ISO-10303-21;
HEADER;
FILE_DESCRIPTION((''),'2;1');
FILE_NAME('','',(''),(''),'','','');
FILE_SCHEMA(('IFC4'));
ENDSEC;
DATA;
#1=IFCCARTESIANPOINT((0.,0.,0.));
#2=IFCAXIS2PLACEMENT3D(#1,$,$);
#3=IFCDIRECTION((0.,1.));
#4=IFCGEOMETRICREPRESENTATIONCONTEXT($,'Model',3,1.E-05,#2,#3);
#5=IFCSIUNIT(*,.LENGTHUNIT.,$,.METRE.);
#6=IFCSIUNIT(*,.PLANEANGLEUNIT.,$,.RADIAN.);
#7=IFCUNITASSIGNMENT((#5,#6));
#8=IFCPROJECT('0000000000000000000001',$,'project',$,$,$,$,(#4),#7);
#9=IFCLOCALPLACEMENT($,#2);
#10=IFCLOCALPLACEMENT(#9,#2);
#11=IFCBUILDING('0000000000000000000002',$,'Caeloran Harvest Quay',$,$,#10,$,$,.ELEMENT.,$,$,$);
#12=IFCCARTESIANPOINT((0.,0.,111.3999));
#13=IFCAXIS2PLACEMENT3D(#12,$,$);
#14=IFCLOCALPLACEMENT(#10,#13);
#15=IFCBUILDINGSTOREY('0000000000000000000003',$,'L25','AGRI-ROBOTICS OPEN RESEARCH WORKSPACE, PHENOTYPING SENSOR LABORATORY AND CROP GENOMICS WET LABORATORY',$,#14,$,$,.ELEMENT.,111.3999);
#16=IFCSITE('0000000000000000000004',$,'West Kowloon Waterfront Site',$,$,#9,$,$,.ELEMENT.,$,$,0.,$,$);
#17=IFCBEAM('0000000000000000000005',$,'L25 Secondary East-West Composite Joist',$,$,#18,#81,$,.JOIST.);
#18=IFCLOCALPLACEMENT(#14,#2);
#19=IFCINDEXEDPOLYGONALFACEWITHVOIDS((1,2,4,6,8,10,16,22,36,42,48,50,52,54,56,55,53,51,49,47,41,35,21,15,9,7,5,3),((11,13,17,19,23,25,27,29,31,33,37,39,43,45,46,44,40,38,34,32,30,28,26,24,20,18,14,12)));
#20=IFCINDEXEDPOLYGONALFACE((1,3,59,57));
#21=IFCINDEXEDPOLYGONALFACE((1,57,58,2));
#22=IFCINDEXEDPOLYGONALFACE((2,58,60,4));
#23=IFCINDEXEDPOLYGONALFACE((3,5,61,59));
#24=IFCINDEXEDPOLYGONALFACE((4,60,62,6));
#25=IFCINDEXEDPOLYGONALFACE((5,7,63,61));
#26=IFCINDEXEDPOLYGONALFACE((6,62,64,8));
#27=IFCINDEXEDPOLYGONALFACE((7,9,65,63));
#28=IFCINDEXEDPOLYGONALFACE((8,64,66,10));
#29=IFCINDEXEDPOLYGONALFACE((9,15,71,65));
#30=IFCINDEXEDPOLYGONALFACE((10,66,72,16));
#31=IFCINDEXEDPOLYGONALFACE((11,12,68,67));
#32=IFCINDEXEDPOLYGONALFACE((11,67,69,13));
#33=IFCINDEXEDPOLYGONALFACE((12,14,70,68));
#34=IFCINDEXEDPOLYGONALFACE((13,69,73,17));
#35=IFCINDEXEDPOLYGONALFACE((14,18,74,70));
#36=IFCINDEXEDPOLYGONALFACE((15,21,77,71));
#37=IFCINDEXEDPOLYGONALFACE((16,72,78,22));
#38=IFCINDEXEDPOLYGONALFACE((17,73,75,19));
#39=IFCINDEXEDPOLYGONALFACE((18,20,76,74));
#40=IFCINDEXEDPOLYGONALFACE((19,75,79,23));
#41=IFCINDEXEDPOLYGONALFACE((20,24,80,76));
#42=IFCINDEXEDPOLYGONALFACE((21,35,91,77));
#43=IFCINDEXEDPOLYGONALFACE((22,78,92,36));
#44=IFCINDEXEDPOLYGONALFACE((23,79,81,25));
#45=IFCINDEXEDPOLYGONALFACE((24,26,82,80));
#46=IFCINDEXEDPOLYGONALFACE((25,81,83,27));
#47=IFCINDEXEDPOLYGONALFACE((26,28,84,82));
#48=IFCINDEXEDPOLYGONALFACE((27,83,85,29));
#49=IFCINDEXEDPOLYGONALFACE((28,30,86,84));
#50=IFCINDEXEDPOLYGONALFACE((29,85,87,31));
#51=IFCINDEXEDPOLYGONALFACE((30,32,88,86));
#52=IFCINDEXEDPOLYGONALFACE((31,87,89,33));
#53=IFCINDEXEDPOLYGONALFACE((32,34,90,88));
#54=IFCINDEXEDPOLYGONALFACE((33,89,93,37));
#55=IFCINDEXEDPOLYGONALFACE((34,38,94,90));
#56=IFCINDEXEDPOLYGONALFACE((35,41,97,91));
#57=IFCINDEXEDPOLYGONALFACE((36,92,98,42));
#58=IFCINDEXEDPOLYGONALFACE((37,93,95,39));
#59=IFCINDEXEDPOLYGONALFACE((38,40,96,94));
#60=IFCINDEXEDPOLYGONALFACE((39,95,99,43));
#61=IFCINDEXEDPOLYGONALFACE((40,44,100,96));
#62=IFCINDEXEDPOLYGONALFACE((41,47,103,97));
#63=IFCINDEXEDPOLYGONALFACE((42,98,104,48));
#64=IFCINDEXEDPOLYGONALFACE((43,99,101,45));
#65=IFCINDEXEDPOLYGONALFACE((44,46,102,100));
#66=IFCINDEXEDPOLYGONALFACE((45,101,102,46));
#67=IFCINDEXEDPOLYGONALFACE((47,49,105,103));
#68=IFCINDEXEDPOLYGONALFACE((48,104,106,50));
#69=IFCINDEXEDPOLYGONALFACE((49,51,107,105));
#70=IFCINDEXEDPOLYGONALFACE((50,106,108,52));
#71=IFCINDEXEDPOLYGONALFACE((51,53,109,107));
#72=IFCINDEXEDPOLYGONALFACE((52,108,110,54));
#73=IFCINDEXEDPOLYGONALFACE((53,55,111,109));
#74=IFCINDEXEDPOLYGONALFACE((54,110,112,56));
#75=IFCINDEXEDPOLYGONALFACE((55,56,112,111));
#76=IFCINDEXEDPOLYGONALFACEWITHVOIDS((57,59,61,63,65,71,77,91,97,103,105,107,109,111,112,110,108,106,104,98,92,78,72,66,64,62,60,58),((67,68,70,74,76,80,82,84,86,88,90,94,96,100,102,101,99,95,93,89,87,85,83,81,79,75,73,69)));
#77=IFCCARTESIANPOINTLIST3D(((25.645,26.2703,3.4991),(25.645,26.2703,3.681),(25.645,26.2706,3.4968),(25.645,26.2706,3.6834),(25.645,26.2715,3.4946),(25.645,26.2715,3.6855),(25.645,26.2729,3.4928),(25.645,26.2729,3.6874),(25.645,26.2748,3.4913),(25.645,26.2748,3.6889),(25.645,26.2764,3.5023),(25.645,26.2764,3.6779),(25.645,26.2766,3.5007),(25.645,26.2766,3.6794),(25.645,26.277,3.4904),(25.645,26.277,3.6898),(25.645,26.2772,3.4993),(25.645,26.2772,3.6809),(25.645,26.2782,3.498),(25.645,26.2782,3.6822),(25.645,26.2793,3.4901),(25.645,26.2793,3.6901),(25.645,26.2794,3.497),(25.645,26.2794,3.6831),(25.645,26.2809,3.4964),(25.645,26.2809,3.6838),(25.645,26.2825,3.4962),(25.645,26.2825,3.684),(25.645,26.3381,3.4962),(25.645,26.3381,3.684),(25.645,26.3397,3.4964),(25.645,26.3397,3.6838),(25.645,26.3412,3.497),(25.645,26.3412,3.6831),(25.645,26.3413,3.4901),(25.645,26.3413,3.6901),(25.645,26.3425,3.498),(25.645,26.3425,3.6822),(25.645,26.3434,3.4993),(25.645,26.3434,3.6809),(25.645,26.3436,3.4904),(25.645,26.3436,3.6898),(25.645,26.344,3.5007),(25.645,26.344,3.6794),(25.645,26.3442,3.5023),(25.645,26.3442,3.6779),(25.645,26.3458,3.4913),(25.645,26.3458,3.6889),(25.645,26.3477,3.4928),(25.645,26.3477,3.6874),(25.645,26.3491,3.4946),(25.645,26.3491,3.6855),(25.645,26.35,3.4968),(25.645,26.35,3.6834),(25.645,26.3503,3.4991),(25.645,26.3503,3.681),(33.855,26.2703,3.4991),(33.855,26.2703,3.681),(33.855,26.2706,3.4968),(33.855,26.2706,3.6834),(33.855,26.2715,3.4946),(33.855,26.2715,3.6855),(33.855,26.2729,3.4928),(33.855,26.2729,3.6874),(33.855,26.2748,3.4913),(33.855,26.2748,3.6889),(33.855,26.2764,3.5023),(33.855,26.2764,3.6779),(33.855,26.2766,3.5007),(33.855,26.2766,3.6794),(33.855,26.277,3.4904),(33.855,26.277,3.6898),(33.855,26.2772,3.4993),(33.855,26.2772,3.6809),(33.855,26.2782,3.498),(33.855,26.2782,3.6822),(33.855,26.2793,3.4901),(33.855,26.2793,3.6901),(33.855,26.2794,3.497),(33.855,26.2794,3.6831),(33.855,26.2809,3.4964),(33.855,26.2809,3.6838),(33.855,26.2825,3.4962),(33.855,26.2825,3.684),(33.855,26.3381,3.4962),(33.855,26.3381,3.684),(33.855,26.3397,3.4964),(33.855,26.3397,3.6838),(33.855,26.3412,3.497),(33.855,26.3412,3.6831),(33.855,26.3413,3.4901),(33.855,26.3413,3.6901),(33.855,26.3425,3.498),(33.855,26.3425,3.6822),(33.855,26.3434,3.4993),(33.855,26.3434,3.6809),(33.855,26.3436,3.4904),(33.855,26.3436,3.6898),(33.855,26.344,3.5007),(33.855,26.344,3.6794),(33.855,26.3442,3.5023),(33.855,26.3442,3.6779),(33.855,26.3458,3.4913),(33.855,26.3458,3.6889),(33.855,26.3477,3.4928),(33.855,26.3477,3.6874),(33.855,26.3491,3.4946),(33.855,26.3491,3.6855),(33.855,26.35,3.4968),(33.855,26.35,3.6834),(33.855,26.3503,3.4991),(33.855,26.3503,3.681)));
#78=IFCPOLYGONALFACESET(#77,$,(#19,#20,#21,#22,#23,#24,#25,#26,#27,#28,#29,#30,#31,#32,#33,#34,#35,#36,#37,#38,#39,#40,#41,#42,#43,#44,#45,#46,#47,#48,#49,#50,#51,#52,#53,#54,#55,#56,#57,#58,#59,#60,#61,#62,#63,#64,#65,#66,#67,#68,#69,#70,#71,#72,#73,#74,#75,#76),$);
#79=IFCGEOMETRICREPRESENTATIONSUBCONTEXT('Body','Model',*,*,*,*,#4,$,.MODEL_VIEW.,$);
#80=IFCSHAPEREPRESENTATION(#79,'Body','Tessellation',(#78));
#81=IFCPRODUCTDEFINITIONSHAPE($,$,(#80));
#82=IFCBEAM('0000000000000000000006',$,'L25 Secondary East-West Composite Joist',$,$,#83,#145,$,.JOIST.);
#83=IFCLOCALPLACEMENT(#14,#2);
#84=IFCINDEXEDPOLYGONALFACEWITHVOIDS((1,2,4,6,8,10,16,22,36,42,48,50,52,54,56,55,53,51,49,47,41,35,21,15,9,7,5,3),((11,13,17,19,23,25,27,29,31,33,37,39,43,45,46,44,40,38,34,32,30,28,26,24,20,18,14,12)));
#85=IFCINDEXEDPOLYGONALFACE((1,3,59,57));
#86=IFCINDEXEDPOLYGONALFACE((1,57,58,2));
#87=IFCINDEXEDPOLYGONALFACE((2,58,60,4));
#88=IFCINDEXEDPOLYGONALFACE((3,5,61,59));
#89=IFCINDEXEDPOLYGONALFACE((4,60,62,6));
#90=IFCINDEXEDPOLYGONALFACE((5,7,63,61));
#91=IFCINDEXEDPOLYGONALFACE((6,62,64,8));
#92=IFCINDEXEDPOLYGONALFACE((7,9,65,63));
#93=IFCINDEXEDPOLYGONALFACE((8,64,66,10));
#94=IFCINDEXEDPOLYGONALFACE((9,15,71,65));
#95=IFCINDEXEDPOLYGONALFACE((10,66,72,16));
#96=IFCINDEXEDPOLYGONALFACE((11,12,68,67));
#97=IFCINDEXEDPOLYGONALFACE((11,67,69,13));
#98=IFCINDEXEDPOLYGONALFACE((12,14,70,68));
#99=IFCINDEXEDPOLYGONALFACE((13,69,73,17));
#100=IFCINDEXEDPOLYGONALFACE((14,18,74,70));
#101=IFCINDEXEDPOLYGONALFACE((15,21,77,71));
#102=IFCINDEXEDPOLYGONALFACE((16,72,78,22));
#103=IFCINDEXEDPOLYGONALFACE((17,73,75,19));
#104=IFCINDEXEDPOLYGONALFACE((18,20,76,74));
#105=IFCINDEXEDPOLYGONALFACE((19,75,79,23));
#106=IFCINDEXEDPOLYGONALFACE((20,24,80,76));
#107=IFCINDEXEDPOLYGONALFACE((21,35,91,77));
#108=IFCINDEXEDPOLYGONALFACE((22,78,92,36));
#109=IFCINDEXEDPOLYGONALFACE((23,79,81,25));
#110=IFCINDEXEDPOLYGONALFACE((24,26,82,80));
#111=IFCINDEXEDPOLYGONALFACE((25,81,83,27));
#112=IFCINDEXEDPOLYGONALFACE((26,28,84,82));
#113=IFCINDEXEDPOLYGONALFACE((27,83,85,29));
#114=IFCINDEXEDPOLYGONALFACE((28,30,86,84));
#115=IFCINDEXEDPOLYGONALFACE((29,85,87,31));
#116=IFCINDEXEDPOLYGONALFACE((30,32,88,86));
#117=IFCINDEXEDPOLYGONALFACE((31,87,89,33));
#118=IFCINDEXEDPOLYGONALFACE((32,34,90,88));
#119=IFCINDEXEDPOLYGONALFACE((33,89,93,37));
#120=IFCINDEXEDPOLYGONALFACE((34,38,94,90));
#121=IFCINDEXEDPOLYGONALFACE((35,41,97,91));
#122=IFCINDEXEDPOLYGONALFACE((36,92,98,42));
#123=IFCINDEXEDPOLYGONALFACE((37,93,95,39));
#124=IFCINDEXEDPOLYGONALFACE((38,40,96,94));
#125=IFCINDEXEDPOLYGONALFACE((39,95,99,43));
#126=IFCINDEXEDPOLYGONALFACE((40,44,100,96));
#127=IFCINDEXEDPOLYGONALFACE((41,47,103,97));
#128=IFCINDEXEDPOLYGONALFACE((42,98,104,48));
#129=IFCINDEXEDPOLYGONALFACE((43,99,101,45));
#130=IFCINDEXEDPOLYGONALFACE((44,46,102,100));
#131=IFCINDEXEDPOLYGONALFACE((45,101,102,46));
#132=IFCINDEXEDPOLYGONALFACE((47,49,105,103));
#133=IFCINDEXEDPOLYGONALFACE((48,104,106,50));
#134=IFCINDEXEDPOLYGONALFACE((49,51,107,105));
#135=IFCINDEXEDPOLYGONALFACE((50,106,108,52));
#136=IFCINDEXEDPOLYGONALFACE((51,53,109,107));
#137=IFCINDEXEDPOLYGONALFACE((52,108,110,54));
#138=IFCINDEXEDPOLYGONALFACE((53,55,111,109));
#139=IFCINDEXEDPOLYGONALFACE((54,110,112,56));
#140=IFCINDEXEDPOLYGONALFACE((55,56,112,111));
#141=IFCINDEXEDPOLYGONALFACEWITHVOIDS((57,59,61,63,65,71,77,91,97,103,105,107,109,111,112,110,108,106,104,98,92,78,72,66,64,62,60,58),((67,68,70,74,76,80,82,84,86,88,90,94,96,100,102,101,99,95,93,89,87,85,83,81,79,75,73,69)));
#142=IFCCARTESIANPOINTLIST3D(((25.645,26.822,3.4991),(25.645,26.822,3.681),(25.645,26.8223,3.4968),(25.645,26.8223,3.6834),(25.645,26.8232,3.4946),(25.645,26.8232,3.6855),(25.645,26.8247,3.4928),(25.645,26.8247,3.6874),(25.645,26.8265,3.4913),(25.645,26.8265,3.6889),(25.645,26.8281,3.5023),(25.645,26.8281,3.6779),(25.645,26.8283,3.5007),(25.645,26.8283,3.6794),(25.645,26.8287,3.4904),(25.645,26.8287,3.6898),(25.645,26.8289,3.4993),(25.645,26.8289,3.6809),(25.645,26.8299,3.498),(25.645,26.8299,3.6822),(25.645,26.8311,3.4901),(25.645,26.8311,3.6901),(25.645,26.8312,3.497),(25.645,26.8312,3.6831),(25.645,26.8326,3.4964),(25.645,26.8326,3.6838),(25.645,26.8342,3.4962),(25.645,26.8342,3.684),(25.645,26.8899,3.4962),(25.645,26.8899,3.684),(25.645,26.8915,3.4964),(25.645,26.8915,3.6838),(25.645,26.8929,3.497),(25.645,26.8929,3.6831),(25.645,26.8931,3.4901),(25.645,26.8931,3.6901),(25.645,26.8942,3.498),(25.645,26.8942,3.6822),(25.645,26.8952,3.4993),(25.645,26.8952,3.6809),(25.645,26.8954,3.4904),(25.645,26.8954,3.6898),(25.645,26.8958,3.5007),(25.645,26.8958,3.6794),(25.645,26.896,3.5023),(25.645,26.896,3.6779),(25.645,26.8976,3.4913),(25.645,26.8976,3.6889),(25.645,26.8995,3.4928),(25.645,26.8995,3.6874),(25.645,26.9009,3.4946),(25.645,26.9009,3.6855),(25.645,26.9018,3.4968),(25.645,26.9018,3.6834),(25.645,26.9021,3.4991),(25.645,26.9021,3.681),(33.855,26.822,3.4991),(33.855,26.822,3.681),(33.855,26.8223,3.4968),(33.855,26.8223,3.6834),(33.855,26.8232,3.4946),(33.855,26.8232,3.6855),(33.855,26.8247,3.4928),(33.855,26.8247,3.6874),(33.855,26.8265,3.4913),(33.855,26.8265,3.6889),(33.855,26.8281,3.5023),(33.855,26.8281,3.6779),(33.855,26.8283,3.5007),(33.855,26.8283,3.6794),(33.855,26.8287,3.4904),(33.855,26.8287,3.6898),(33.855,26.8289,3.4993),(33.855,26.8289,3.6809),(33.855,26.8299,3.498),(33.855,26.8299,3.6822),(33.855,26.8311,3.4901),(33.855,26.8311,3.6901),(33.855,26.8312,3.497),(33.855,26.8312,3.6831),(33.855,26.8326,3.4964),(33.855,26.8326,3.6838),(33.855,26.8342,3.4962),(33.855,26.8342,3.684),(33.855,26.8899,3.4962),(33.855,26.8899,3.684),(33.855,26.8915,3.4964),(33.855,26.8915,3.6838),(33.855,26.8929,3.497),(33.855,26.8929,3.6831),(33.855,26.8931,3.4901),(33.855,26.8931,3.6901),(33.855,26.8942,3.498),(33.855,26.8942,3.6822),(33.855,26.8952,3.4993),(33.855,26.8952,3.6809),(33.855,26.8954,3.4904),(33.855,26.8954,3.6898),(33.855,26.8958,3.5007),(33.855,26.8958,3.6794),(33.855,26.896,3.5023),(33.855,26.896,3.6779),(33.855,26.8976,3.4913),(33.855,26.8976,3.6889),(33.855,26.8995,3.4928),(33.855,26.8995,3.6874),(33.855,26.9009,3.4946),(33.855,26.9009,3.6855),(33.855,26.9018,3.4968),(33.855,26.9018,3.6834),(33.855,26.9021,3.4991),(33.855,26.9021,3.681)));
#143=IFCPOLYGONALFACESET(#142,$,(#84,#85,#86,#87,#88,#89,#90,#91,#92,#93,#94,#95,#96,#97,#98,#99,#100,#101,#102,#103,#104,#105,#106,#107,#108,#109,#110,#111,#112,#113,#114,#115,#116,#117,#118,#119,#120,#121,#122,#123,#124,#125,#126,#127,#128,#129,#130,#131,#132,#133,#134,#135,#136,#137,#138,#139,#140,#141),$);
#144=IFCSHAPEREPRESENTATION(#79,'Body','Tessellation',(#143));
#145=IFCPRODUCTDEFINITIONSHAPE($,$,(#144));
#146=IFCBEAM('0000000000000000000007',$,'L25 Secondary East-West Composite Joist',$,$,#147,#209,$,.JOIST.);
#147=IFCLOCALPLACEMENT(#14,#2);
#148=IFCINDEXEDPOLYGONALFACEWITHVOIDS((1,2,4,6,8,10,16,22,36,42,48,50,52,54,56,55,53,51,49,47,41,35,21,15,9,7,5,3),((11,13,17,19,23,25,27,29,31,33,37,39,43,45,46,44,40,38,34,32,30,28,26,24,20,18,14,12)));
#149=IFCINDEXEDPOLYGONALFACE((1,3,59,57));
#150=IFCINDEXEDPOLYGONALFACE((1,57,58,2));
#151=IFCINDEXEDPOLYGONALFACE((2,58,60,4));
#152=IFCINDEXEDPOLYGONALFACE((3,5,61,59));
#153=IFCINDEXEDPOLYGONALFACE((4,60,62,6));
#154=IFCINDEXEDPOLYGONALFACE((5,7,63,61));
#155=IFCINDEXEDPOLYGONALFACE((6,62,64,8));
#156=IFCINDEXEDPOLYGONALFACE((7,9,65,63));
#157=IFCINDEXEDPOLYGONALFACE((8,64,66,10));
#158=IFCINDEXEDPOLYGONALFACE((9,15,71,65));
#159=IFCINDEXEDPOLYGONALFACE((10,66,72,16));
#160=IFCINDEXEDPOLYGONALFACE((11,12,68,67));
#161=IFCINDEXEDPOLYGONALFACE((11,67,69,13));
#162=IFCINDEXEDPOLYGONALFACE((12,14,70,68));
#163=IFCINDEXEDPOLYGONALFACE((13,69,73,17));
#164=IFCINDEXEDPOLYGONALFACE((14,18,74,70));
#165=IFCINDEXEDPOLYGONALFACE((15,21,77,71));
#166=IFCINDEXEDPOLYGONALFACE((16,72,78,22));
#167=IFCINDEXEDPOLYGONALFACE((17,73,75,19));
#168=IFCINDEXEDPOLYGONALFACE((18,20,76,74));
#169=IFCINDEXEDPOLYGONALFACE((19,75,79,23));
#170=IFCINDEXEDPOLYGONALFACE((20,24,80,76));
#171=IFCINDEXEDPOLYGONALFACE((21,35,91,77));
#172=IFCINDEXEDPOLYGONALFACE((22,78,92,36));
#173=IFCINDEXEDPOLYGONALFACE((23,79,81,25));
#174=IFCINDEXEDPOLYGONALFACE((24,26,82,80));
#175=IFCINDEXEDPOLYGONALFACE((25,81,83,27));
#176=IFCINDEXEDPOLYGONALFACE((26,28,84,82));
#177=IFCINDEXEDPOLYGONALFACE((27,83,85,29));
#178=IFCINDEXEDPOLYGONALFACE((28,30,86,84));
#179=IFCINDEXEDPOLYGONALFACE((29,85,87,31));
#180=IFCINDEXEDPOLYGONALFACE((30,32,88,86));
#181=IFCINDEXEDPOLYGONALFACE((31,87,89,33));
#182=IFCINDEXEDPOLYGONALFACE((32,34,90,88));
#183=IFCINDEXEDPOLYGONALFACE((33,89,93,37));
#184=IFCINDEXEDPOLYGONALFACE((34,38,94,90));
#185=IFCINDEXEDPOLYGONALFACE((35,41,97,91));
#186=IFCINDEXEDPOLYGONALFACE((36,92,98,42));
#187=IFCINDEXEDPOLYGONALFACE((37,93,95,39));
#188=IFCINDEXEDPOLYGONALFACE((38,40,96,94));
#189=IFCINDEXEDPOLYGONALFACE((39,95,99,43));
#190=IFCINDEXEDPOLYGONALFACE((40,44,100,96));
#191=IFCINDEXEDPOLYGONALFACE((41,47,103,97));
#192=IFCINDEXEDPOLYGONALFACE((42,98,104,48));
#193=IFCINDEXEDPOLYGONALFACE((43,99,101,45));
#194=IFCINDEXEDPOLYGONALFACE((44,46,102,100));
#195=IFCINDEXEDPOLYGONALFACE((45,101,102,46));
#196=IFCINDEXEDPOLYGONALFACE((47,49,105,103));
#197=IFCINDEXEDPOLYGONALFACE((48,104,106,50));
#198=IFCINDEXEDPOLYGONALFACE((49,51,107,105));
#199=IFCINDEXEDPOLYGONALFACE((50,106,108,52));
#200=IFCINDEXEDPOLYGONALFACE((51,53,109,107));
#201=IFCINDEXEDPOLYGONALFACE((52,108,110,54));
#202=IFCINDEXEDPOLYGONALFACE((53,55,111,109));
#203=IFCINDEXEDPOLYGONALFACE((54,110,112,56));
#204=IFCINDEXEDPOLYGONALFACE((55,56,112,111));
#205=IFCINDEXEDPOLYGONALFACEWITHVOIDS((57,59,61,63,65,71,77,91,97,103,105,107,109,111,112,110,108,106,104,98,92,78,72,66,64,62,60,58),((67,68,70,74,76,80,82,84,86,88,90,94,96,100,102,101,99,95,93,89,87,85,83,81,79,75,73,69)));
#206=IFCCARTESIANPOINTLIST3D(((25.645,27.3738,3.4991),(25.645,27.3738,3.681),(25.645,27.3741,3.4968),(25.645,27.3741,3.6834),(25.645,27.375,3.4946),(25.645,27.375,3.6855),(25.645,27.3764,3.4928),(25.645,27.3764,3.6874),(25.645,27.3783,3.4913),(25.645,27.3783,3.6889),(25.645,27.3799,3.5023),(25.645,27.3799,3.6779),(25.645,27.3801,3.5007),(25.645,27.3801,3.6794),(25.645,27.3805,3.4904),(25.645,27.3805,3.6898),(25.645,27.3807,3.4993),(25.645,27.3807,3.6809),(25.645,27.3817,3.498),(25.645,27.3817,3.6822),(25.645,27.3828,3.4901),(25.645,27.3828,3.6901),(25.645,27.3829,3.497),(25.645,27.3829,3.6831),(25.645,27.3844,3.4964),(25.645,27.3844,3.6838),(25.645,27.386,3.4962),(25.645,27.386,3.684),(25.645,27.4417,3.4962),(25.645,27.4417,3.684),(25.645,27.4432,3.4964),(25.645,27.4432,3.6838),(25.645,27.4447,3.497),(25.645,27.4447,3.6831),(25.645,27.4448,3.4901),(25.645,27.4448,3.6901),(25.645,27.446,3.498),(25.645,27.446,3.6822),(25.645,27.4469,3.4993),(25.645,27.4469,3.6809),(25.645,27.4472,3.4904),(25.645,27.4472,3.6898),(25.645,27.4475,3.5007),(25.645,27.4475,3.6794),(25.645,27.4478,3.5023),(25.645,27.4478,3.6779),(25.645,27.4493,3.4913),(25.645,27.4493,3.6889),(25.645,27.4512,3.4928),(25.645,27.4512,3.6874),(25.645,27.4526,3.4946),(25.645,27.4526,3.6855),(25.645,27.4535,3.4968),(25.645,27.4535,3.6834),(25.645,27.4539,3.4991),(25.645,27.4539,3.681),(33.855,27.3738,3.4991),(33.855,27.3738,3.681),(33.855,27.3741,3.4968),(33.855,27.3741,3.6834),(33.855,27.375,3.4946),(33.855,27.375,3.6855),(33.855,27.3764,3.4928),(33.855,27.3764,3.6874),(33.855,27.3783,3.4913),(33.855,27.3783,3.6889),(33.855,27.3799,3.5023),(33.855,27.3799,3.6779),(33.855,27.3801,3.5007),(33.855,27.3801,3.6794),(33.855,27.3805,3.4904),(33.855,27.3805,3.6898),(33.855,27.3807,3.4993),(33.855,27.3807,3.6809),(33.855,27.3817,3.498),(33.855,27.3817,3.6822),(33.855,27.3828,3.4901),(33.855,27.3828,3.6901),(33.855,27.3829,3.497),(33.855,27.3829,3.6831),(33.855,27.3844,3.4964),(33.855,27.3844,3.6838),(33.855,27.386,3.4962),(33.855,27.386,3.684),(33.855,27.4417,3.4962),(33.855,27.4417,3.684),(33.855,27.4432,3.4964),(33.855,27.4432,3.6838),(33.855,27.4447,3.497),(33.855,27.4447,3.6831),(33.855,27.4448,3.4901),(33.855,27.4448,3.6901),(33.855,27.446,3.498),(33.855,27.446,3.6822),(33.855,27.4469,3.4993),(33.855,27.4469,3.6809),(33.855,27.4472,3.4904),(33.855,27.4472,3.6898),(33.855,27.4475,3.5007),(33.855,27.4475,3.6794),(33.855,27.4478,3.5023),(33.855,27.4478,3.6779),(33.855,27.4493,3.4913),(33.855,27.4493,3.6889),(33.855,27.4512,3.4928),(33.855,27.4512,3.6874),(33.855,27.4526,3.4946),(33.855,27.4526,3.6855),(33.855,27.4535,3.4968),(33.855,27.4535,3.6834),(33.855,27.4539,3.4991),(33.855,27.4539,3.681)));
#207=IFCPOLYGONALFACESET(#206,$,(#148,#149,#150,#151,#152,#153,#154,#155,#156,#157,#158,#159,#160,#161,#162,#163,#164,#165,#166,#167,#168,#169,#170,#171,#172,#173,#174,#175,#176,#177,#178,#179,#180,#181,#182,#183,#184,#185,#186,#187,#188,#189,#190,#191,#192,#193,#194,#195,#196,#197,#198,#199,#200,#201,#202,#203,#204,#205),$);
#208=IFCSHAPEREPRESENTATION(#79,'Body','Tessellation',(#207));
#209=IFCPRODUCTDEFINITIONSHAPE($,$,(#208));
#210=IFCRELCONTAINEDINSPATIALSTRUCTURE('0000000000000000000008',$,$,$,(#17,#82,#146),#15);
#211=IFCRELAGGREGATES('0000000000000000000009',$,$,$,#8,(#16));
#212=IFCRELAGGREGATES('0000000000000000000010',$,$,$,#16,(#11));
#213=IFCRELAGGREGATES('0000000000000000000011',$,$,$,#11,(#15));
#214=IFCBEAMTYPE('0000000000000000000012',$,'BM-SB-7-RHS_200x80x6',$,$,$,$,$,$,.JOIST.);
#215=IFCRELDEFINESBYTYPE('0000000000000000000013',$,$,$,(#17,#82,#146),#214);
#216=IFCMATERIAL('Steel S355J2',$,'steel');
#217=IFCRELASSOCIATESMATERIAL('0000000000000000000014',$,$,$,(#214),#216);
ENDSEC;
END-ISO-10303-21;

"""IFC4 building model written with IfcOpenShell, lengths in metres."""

from ifc_helpers import new_model, si_unit, direction, frame, origin, origin_2d, place, context, subcontext, project, spatial, hollow_rectangle, extrude, material, material_profile, profile_set, type_object, element, save


model = new_model("IFC4")

# Units and contexts
model_context = context("Model", 3, precision=1e-05, world=origin(), true_north=direction((0.0, 1.0)))
body_context = subcontext(model_context, "Body", "Model", "MODEL_VIEW")
ifc_project = project(units=[si_unit("LENGTHUNIT", "METRE"), si_unit("PLANEANGLEUNIT", "RADIAN")], contexts=[model_context])

# Site, building, storey
site_placement = place(None, origin())
site = spatial("IfcSite", under=ifc_project, at=site_placement, Name="West Kowloon Waterfront Site", CompositionType="ELEMENT", RefElevation=0.0)
building_placement = place(site_placement, origin())
building = spatial("IfcBuilding", under=site, at=building_placement, Name="Caeloran Harvest Quay", CompositionType="ELEMENT")
storey_placement = place(building_placement, frame((0.0, 0.0, 111.3999)))
storey = spatial("IfcBuildingStorey", under=building, at=storey_placement, Name="L25", Description="AGRI-ROBOTICS OPEN RESEARCH WORKSPACE, PHENOTYPING SENSOR LABORATORY AND CROP GENOMICS WET LABORATORY", CompositionType="ELEMENT", Elevation=111.3999)

# Beams
ifc_material_1 = material(Name="Steel S355J2", Category="steel")
ifc_material_profile_1 = material_profile(ifc_material_1, hollow_rectangle(XDim=0.0801, YDim=0.2, WallThickness=0.0061, InnerFilletRadius=0.0061, OuterFilletRadius=0.009, at=origin_2d()), Name="RHS 200x80x6")
ifc_profile_set_1 = profile_set([ifc_material_profile_1], Name="Steel S355J2")
beam_type_1 = type_object("IfcBeamType", Name="BM-SB-7-RHS_200x80x6", PredefinedType="JOIST", material=ifc_profile_set_1)
for number, where, z_axis, x_axis, name in (
    (1, (25.645, 26.3103, 3.5901), (1.0, 0.0, 0.0), (0.0, 1.0, 0.0), "L25 Secondary East-West Composite Joist"),
    (2, (25.645, 26.8621, 3.5901), (1.0, 0.0, 0.0), (0.0, 1.0, 0.0), "L25 Secondary East-West Composite Joist"),
    (3, (25.645, 27.4138, 3.5901), (1.0, 0.0, 0.0), (0.0, 1.0, 0.0), "L25 Secondary East-West Composite Joist"),
):
    element("IfcBeam", number, at=place(storey_placement, frame(where, z_axis=z_axis, x_axis=x_axis)), inside=storey, type_object=beam_type_1, Name=name, PredefinedType="JOIST", context=body_context, shape_type="SweptSolid", body=[
        extrude(hollow_rectangle(XDim=0.0801, YDim=0.2, WallThickness=0.0061, InnerFilletRadius=0.0061, OuterFilletRadius=0.009, at=origin_2d()), origin(), (0.0, 0.0, 1.0), 8.21),
    ])

save(model, "model.ifc")
